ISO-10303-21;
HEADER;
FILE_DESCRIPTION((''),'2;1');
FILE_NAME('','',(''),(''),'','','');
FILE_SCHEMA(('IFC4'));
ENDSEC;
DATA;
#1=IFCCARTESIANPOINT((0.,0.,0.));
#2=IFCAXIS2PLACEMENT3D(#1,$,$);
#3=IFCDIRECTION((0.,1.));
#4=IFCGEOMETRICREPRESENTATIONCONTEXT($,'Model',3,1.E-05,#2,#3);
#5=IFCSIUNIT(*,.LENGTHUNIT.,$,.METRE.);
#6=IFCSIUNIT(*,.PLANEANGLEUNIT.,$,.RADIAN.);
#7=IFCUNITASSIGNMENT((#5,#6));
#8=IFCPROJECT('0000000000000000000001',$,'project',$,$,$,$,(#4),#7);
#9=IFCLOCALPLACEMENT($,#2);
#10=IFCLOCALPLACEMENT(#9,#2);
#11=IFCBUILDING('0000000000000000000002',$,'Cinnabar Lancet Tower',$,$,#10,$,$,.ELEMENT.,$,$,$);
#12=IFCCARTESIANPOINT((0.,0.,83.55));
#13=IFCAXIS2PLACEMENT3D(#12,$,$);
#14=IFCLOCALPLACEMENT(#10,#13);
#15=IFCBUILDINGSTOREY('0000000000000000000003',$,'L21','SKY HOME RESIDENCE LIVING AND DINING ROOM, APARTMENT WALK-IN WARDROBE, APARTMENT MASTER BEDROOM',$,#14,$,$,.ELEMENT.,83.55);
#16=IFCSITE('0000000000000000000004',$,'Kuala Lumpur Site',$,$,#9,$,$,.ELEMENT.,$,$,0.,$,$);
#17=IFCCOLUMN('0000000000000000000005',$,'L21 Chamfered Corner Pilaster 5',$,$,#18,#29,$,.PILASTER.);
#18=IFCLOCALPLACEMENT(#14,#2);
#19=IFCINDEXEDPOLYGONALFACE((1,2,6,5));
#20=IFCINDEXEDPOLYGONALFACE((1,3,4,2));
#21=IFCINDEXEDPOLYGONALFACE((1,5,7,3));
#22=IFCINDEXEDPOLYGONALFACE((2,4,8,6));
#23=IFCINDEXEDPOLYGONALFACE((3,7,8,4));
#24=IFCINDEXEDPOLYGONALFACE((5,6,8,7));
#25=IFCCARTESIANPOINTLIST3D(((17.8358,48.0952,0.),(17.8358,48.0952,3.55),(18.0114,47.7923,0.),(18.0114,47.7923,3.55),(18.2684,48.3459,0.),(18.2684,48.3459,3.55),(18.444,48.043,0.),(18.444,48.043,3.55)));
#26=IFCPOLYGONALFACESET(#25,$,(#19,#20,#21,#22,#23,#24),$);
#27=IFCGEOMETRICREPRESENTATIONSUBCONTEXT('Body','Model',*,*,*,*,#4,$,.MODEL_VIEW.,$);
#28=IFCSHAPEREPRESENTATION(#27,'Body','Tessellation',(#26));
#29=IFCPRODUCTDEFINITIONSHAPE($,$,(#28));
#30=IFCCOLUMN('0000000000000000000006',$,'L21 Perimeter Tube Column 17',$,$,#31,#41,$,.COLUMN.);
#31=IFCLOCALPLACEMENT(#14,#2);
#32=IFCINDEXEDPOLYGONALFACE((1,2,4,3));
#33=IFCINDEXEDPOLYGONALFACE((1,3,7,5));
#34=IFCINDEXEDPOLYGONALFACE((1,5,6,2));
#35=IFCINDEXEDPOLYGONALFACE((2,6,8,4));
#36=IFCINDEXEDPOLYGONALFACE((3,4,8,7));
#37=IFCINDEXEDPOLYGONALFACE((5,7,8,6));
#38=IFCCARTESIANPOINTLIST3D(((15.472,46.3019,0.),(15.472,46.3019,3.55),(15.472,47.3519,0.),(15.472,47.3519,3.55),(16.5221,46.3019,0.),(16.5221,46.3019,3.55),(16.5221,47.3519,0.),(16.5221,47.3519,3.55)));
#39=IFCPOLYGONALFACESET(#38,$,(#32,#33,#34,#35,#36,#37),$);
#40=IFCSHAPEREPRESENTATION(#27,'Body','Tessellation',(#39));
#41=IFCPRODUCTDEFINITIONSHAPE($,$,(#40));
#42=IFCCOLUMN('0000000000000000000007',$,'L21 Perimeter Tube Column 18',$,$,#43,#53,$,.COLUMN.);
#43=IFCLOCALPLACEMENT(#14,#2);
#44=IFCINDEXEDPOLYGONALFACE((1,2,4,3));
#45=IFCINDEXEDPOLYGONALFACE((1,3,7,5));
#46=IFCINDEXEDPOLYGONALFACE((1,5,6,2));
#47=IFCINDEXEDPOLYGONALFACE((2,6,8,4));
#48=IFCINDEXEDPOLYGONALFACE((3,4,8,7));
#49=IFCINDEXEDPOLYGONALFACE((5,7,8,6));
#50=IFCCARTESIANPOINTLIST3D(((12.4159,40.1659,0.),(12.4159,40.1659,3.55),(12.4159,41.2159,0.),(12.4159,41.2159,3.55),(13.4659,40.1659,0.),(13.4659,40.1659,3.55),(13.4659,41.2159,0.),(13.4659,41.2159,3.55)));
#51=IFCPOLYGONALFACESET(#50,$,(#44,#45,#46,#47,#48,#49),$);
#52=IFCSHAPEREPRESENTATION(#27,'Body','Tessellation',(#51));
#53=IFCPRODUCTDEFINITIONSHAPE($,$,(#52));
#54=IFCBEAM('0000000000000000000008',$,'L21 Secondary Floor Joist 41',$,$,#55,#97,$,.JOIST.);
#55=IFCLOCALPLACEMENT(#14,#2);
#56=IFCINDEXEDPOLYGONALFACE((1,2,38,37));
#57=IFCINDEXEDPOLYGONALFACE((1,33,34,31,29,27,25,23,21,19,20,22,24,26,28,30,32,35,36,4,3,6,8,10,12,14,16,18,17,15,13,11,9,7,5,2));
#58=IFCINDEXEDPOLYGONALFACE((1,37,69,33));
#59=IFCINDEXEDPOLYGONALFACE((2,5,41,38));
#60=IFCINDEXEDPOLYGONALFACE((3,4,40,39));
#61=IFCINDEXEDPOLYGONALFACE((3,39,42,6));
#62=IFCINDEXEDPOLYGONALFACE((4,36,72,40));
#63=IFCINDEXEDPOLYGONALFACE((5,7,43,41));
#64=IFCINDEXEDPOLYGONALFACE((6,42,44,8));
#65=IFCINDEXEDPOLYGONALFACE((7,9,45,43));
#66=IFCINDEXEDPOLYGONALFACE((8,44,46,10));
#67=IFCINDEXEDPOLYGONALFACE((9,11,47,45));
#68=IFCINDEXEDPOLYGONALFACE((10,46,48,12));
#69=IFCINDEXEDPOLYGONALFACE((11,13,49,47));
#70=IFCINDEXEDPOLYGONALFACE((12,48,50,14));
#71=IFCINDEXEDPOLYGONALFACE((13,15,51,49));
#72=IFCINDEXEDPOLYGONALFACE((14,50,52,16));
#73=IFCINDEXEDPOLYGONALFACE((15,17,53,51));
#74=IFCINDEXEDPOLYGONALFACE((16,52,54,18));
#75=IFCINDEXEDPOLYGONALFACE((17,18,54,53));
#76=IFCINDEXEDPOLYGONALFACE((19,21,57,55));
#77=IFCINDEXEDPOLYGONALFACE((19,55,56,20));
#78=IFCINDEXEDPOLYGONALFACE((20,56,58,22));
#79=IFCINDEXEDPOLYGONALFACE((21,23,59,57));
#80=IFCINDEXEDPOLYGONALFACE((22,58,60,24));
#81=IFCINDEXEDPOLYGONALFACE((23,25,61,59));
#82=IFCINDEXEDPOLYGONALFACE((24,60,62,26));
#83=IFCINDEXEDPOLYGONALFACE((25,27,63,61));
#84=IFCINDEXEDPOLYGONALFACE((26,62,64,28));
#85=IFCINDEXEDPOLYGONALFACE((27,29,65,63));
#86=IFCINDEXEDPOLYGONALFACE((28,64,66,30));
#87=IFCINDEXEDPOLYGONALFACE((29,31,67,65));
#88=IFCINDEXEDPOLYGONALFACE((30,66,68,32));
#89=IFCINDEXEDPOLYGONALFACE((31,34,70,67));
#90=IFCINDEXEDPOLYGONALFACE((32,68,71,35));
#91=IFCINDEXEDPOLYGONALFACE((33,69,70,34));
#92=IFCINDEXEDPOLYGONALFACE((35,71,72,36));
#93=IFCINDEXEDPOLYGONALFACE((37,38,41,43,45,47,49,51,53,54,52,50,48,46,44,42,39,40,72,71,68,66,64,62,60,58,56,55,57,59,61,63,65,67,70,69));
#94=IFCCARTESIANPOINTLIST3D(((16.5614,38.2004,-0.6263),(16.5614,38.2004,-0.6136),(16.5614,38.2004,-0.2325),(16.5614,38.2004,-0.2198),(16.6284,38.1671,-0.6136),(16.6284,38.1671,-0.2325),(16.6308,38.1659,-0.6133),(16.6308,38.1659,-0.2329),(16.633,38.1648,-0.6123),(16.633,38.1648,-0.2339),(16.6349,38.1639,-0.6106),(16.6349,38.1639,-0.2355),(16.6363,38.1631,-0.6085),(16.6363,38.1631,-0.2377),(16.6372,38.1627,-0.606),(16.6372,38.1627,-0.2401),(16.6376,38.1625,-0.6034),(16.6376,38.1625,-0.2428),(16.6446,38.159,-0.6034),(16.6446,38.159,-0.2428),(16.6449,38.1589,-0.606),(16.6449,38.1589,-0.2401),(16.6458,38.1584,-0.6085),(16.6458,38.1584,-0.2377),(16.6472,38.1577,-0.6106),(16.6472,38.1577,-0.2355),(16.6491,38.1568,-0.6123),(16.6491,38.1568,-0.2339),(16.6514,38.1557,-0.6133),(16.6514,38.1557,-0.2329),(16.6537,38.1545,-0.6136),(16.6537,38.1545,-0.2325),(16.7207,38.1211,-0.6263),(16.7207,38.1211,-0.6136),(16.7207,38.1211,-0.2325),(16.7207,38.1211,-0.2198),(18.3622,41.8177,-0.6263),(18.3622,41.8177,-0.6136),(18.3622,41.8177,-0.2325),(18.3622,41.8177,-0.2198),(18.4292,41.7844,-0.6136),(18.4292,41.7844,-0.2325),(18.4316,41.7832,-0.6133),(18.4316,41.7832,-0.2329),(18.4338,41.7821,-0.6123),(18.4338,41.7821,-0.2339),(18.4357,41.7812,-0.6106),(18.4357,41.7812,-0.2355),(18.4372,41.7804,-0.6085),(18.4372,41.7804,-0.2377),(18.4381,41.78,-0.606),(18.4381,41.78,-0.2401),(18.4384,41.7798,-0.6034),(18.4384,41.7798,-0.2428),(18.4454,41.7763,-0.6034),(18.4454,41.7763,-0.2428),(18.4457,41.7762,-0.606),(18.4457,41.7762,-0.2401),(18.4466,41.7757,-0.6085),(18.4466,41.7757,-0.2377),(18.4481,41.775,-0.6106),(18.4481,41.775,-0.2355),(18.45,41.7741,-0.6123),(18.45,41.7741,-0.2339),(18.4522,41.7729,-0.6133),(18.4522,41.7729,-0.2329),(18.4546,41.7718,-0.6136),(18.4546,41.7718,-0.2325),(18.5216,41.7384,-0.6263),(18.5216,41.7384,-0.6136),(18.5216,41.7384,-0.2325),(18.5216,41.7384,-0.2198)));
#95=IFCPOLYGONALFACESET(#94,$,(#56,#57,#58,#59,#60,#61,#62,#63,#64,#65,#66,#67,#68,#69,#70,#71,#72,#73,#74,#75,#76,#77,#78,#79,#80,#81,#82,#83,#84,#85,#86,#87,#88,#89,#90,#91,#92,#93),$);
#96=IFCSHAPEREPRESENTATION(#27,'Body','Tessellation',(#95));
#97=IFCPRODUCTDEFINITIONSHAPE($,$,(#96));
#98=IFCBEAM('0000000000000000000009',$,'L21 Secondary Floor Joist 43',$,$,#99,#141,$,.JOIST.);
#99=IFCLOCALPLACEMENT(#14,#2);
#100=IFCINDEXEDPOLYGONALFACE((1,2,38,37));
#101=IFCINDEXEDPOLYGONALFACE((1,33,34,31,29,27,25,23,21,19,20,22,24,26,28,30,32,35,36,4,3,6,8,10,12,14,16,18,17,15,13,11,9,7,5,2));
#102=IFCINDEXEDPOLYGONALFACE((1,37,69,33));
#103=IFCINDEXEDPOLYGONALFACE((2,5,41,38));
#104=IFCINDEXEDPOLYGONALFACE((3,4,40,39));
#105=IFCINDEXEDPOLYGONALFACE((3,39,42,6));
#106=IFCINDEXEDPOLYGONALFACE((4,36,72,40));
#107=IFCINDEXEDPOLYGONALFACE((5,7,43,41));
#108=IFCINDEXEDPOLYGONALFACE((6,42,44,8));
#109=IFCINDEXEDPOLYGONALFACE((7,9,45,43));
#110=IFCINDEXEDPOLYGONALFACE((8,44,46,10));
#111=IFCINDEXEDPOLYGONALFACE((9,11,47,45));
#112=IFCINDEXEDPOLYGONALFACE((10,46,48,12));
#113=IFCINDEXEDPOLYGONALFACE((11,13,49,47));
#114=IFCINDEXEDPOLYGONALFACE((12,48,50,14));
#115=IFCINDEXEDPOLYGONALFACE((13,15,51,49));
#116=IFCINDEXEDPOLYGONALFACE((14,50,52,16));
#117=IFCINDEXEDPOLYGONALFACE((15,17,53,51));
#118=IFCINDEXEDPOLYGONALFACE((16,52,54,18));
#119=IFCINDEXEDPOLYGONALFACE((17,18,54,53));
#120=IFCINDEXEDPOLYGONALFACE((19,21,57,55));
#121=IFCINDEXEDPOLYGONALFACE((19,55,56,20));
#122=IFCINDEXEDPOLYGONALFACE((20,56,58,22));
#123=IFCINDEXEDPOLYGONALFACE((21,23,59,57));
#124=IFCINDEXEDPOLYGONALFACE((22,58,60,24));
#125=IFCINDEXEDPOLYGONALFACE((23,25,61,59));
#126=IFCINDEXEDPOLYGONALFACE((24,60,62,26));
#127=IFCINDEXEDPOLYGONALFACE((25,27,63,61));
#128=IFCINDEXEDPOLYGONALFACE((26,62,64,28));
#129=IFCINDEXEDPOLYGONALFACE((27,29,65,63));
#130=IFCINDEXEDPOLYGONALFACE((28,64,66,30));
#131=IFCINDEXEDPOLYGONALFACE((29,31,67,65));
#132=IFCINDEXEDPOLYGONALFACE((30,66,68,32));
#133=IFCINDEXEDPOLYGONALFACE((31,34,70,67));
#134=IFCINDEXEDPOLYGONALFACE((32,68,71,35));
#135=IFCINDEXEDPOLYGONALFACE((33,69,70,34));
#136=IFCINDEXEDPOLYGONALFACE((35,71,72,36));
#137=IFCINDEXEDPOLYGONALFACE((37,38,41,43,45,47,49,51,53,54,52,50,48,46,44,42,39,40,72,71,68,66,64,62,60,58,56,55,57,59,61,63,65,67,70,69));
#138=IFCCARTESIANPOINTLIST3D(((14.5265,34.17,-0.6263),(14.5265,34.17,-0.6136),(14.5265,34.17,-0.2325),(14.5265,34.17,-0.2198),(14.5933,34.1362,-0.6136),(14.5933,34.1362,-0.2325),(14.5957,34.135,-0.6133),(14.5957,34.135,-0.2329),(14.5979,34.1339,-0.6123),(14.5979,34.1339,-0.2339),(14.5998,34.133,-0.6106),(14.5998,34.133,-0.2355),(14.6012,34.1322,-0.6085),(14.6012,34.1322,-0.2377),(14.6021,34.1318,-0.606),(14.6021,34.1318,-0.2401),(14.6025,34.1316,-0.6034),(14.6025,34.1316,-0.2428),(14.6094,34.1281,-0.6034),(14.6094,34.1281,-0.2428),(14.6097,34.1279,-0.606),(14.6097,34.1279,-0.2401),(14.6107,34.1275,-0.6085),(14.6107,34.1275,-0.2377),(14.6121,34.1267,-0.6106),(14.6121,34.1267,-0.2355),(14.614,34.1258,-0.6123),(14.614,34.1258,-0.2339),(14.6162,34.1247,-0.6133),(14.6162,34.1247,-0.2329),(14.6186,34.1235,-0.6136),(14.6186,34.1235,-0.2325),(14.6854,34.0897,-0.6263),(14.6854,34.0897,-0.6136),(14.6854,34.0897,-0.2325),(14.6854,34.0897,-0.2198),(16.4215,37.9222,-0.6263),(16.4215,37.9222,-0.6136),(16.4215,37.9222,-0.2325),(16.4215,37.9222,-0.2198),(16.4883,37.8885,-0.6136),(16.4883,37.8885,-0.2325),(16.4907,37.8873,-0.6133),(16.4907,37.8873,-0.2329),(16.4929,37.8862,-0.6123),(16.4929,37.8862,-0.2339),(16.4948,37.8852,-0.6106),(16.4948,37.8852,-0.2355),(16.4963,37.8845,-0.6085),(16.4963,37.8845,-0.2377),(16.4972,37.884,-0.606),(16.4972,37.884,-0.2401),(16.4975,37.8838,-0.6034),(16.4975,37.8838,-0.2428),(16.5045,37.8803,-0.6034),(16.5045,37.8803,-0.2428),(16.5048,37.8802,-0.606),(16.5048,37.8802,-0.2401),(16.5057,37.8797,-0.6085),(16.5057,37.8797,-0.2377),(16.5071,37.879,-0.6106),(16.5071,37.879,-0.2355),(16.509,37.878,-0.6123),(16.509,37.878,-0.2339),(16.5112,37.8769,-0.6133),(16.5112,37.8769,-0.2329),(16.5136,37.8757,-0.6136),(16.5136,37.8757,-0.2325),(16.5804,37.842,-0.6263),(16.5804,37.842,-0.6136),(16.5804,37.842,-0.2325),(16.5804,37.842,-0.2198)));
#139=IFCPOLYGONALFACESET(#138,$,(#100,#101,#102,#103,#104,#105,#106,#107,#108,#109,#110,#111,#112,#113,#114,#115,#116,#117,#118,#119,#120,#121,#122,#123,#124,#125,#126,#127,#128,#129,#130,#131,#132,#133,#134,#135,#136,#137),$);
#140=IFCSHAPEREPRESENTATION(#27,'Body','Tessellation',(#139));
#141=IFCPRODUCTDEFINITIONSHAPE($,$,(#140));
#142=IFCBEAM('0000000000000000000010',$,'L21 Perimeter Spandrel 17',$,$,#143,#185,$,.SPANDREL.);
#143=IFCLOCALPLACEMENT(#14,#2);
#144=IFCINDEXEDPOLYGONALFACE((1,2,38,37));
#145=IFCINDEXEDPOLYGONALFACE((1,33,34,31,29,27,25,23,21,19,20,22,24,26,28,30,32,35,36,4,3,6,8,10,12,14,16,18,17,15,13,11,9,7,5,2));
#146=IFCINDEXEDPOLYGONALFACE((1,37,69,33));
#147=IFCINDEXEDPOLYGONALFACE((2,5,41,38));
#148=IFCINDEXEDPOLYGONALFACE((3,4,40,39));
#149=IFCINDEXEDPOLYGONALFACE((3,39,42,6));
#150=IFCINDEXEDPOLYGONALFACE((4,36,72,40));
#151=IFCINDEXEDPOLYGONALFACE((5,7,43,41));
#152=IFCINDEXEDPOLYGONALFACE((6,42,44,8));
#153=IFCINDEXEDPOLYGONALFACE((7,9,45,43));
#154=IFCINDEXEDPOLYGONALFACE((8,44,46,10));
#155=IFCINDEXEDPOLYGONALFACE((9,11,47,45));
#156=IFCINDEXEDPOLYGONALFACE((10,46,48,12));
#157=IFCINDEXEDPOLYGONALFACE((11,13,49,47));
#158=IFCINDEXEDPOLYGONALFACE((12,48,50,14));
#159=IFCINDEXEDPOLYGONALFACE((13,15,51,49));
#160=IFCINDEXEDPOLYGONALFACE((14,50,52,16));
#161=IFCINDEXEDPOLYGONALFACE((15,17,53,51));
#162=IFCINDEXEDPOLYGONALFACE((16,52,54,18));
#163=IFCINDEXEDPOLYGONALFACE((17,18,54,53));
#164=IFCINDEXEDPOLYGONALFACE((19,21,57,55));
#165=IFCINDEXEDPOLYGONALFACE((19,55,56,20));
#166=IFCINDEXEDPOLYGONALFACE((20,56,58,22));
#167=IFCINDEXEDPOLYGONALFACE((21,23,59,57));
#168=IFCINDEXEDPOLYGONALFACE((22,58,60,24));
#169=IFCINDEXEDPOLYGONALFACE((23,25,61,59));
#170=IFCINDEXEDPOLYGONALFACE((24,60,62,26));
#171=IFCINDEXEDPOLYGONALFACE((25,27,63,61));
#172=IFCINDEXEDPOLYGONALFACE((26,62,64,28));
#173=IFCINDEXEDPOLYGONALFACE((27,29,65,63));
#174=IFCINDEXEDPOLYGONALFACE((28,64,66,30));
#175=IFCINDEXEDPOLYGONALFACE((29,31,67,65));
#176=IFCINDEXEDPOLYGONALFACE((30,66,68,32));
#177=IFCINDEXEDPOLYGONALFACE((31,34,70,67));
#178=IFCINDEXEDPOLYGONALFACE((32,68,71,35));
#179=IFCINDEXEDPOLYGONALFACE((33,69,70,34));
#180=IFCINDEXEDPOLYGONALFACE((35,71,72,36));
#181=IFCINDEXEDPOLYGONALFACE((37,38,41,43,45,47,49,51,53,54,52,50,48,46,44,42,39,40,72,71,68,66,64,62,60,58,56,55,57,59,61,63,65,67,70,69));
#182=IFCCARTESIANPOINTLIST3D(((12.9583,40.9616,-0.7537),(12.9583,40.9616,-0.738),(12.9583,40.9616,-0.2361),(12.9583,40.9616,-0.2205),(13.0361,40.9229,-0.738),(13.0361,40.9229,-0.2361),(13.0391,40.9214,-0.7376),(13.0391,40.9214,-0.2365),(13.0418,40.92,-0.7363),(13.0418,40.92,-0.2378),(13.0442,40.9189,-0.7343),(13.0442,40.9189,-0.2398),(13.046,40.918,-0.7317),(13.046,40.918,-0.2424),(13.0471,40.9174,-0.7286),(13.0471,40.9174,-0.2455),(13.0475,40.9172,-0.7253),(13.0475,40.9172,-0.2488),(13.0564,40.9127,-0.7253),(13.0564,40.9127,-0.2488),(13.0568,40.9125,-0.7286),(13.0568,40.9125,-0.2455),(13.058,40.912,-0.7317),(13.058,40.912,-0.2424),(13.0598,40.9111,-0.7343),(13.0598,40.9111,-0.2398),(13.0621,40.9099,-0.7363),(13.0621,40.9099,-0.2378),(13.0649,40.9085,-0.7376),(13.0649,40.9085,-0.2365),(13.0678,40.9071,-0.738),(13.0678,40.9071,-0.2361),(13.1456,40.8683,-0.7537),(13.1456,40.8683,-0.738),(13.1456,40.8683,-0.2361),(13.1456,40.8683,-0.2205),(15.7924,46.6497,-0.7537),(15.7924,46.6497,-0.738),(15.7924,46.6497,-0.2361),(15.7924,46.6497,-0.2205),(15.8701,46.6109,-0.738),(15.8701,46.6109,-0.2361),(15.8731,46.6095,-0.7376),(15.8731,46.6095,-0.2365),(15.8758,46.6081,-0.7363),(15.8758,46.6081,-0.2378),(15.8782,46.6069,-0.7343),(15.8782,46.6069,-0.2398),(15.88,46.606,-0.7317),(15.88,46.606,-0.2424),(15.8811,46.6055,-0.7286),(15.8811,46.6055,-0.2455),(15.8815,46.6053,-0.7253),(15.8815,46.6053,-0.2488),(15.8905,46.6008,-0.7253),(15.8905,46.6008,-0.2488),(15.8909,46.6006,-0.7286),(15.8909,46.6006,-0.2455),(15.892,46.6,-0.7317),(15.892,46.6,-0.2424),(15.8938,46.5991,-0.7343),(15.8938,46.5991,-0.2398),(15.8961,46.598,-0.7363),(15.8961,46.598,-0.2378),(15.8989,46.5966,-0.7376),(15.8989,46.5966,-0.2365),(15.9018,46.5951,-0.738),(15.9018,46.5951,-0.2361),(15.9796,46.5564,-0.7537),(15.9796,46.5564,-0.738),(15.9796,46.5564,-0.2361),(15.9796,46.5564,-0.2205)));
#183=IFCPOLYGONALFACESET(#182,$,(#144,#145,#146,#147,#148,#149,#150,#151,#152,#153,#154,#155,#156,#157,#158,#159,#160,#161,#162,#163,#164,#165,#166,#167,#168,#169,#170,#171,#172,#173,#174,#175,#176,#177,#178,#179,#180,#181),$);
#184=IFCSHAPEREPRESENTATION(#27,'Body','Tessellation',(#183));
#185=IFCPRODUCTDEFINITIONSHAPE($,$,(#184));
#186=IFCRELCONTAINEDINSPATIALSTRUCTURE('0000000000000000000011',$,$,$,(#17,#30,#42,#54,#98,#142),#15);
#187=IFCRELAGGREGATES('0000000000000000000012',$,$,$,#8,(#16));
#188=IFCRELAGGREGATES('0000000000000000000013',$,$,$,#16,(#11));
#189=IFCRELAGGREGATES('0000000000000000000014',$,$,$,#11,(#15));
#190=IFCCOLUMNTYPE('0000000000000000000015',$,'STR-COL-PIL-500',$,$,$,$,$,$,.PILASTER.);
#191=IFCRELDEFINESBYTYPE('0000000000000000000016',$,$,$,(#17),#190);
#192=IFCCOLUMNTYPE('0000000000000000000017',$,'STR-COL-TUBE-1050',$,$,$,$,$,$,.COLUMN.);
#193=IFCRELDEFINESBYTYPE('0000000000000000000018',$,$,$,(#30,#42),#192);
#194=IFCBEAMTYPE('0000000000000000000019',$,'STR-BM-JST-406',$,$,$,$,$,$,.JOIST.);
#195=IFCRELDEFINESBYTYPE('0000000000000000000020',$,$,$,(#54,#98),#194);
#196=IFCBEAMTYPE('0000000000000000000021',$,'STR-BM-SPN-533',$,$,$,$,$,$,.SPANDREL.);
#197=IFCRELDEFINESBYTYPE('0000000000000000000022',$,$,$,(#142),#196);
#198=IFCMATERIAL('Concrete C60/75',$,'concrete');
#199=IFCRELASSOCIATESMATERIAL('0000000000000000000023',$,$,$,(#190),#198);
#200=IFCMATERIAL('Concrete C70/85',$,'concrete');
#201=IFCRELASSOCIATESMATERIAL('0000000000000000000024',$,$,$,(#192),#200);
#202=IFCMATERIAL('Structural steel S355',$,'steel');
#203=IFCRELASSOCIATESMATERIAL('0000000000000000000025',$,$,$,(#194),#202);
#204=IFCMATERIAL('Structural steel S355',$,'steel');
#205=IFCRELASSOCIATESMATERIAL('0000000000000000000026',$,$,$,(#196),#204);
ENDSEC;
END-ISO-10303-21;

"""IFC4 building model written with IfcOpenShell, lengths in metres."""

from ifc_helpers import new_model, si_unit, direction, frame, origin, origin_2d, place, context, subcontext, project, spatial, rectangle, i_section, extrude, material, material_profile, profile_set, type_object, element, save


model = new_model("IFC4")

# Units and contexts
model_context = context("Model", 3, precision=1e-05, world=origin(), true_north=direction((0.0, 1.0)))
body_context = subcontext(model_context, "Body", "Model", "MODEL_VIEW")
ifc_project = project(units=[si_unit("LENGTHUNIT", "METRE"), si_unit("PLANEANGLEUNIT", "RADIAN")], contexts=[model_context])

# Site, building, storey
site_placement = place(None, origin())
site = spatial("IfcSite", under=ifc_project, at=site_placement, Name="Kuala Lumpur Site", CompositionType="ELEMENT", RefElevation=0.0)
building_placement = place(site_placement, origin())
building = spatial("IfcBuilding", under=site, at=building_placement, Name="Cinnabar Lancet Tower", CompositionType="ELEMENT")
storey_placement = place(building_placement, frame((0.0, 0.0, 83.55)))
storey = spatial("IfcBuildingStorey", under=building, at=storey_placement, Name="L21", Description="SKY HOME RESIDENCE LIVING AND DINING ROOM, APARTMENT WALK-IN WARDROBE, APARTMENT MASTER BEDROOM", CompositionType="ELEMENT", Elevation=83.55)

# Columns
ifc_material_1 = material(Name="Concrete C60/75", Category="concrete")
ifc_material_profile_1 = material_profile(ifc_material_1, rectangle(XDim=0.5, YDim=0.3501, at=origin_2d()), Name="RC-PIL 500x350")
ifc_profile_set_1 = profile_set([ifc_material_profile_1], Name="Concrete C60/75")
column_type_1 = type_object("IfcColumnType", Name="STR-COL-PIL-500", PredefinedType="PILASTER", material=ifc_profile_set_1)
column_placement = place(storey_placement, frame((18.1399, 48.0691, 0.0), z_axis=(0.0, 0.0, 1.0), x_axis=(-0.865195, -0.501435, 0.0)))
element("IfcColumn", 1, at=column_placement, inside=storey, type_object=column_type_1, Name="L21 Chamfered Corner Pilaster 5", PredefinedType="PILASTER", context=body_context, shape_type="SweptSolid", body=[
    extrude(rectangle(XDim=0.5, YDim=0.3501, at=origin_2d()), origin(), (0.0, 0.0, 1.0), 3.55),
])
ifc_material_2 = material(Name="Concrete C70/85", Category="concrete")
ifc_material_profile_2 = material_profile(ifc_material_2, rectangle(XDim=1.05, YDim=1.05, at=origin_2d()), Name="RC-COL 1050x1050")
ifc_profile_set_2 = profile_set([ifc_material_profile_2], Name="Concrete C70/85")
column_type_2 = type_object("IfcColumnType", Name="STR-COL-TUBE-1050", PredefinedType="COLUMN", material=ifc_profile_set_2)
for number, where, z_axis, x_axis, name in (
    (2, (15.9971, 46.8269, 0.0), (0.0, 0.0, 1.0), (1.0, 0.0, 0.0), "L21 Perimeter Tube Column 17"),
    (3, (12.9409, 40.6909, 0.0), (0.0, 0.0, 1.0), (1.0, 0.0, 0.0), "L21 Perimeter Tube Column 18"),
):
    element("IfcColumn", number, at=place(storey_placement, frame(where, z_axis=z_axis, x_axis=x_axis)), inside=storey, type_object=column_type_2, Name=name, PredefinedType="COLUMN", context=body_context, shape_type="SweptSolid", body=[
        extrude(rectangle(XDim=1.05, YDim=1.05, at=origin_2d()), origin(), (0.0, 0.0, 1.0), 3.55),
    ])

# Beams
ifc_material_3 = material(Name="Structural steel S355", Category="steel")
ifc_material_profile_3 = material_profile(ifc_material_3, i_section(OverallWidth=0.178, OverallDepth=0.4065, WebThickness=0.0078, FlangeThickness=0.0127, FilletRadius=0.0103, at=origin_2d()), Name="UKB 406x178x60")
ifc_profile_set_3 = profile_set([ifc_material_profile_3], Name="Structural steel S355")
beam_type_1 = type_object("IfcBeamType", Name="STR-BM-JST-406", PredefinedType="JOIST", material=ifc_profile_set_3)
beam_1_placement = place(storey_placement, frame((18.4419, 41.7781, -0.4231), z_axis=(-0.445666, -0.895199, 0.0), x_axis=(0.895199, -0.445666, 0.0)))
element("IfcBeam", 4, at=beam_1_placement, inside=storey, type_object=beam_type_1, Name="L21 Secondary Floor Joist 41", PredefinedType="JOIST", context=body_context, shape_type="SweptSolid", body=[
    extrude(i_section(OverallWidth=0.178, OverallDepth=0.4065, WebThickness=0.0078, FlangeThickness=0.0127, FilletRadius=0.0103, at=origin_2d()), origin(), (0.0, 0.0, 1.0), 4.0408),
])
beam_2_placement = place(storey_placement, frame((16.501, 37.8821, -0.4231), z_axis=(-0.450811, -0.892619, 0.0), x_axis=(0.892619, -0.450811, 0.0)))
element("IfcBeam", 5, at=beam_2_placement, inside=storey, type_object=beam_type_1, Name="L21 Secondary Floor Joist 43", PredefinedType="JOIST", context=body_context, shape_type="SweptSolid", body=[
    extrude(i_section(OverallWidth=0.178, OverallDepth=0.4065, WebThickness=0.0078, FlangeThickness=0.0127, FilletRadius=0.0103, at=origin_2d()), origin(), (0.0, 0.0, 1.0), 4.2036),
])
ifc_material_4 = material(Name="Structural steel S355", Category="steel")
ifc_material_profile_4 = material_profile(ifc_material_4, i_section(OverallWidth=0.2092, OverallDepth=0.5332, WebThickness=0.01, FlangeThickness=0.0156, FilletRadius=0.0127, at=origin_2d()), Name="UKB 533x210x92")
ifc_profile_set_4 = profile_set([ifc_material_profile_4], Name="Structural steel S355")
beam_type_2 = type_object("IfcBeamType", Name="STR-BM-SPN-533", PredefinedType="SPANDREL", material=ifc_profile_set_4)
beam_3_placement = place(storey_placement, frame((15.886, 46.603, -0.4871), z_axis=(-0.445953, -0.895056, 0.0), x_axis=(0.895056, -0.445953, 0.0)))
element("IfcBeam", 6, at=beam_3_placement, inside=storey, type_object=beam_type_2, Name="L21 Perimeter Spandrel 17", PredefinedType="SPANDREL", context=body_context, shape_type="SweptSolid", body=[
    extrude(i_section(OverallWidth=0.2092, OverallDepth=0.5332, WebThickness=0.01, FlangeThickness=0.0156, FilletRadius=0.0127, at=origin_2d()), origin(), (0.0, 0.0, 1.0), 6.355),
])

save(model, "model.ifc")
